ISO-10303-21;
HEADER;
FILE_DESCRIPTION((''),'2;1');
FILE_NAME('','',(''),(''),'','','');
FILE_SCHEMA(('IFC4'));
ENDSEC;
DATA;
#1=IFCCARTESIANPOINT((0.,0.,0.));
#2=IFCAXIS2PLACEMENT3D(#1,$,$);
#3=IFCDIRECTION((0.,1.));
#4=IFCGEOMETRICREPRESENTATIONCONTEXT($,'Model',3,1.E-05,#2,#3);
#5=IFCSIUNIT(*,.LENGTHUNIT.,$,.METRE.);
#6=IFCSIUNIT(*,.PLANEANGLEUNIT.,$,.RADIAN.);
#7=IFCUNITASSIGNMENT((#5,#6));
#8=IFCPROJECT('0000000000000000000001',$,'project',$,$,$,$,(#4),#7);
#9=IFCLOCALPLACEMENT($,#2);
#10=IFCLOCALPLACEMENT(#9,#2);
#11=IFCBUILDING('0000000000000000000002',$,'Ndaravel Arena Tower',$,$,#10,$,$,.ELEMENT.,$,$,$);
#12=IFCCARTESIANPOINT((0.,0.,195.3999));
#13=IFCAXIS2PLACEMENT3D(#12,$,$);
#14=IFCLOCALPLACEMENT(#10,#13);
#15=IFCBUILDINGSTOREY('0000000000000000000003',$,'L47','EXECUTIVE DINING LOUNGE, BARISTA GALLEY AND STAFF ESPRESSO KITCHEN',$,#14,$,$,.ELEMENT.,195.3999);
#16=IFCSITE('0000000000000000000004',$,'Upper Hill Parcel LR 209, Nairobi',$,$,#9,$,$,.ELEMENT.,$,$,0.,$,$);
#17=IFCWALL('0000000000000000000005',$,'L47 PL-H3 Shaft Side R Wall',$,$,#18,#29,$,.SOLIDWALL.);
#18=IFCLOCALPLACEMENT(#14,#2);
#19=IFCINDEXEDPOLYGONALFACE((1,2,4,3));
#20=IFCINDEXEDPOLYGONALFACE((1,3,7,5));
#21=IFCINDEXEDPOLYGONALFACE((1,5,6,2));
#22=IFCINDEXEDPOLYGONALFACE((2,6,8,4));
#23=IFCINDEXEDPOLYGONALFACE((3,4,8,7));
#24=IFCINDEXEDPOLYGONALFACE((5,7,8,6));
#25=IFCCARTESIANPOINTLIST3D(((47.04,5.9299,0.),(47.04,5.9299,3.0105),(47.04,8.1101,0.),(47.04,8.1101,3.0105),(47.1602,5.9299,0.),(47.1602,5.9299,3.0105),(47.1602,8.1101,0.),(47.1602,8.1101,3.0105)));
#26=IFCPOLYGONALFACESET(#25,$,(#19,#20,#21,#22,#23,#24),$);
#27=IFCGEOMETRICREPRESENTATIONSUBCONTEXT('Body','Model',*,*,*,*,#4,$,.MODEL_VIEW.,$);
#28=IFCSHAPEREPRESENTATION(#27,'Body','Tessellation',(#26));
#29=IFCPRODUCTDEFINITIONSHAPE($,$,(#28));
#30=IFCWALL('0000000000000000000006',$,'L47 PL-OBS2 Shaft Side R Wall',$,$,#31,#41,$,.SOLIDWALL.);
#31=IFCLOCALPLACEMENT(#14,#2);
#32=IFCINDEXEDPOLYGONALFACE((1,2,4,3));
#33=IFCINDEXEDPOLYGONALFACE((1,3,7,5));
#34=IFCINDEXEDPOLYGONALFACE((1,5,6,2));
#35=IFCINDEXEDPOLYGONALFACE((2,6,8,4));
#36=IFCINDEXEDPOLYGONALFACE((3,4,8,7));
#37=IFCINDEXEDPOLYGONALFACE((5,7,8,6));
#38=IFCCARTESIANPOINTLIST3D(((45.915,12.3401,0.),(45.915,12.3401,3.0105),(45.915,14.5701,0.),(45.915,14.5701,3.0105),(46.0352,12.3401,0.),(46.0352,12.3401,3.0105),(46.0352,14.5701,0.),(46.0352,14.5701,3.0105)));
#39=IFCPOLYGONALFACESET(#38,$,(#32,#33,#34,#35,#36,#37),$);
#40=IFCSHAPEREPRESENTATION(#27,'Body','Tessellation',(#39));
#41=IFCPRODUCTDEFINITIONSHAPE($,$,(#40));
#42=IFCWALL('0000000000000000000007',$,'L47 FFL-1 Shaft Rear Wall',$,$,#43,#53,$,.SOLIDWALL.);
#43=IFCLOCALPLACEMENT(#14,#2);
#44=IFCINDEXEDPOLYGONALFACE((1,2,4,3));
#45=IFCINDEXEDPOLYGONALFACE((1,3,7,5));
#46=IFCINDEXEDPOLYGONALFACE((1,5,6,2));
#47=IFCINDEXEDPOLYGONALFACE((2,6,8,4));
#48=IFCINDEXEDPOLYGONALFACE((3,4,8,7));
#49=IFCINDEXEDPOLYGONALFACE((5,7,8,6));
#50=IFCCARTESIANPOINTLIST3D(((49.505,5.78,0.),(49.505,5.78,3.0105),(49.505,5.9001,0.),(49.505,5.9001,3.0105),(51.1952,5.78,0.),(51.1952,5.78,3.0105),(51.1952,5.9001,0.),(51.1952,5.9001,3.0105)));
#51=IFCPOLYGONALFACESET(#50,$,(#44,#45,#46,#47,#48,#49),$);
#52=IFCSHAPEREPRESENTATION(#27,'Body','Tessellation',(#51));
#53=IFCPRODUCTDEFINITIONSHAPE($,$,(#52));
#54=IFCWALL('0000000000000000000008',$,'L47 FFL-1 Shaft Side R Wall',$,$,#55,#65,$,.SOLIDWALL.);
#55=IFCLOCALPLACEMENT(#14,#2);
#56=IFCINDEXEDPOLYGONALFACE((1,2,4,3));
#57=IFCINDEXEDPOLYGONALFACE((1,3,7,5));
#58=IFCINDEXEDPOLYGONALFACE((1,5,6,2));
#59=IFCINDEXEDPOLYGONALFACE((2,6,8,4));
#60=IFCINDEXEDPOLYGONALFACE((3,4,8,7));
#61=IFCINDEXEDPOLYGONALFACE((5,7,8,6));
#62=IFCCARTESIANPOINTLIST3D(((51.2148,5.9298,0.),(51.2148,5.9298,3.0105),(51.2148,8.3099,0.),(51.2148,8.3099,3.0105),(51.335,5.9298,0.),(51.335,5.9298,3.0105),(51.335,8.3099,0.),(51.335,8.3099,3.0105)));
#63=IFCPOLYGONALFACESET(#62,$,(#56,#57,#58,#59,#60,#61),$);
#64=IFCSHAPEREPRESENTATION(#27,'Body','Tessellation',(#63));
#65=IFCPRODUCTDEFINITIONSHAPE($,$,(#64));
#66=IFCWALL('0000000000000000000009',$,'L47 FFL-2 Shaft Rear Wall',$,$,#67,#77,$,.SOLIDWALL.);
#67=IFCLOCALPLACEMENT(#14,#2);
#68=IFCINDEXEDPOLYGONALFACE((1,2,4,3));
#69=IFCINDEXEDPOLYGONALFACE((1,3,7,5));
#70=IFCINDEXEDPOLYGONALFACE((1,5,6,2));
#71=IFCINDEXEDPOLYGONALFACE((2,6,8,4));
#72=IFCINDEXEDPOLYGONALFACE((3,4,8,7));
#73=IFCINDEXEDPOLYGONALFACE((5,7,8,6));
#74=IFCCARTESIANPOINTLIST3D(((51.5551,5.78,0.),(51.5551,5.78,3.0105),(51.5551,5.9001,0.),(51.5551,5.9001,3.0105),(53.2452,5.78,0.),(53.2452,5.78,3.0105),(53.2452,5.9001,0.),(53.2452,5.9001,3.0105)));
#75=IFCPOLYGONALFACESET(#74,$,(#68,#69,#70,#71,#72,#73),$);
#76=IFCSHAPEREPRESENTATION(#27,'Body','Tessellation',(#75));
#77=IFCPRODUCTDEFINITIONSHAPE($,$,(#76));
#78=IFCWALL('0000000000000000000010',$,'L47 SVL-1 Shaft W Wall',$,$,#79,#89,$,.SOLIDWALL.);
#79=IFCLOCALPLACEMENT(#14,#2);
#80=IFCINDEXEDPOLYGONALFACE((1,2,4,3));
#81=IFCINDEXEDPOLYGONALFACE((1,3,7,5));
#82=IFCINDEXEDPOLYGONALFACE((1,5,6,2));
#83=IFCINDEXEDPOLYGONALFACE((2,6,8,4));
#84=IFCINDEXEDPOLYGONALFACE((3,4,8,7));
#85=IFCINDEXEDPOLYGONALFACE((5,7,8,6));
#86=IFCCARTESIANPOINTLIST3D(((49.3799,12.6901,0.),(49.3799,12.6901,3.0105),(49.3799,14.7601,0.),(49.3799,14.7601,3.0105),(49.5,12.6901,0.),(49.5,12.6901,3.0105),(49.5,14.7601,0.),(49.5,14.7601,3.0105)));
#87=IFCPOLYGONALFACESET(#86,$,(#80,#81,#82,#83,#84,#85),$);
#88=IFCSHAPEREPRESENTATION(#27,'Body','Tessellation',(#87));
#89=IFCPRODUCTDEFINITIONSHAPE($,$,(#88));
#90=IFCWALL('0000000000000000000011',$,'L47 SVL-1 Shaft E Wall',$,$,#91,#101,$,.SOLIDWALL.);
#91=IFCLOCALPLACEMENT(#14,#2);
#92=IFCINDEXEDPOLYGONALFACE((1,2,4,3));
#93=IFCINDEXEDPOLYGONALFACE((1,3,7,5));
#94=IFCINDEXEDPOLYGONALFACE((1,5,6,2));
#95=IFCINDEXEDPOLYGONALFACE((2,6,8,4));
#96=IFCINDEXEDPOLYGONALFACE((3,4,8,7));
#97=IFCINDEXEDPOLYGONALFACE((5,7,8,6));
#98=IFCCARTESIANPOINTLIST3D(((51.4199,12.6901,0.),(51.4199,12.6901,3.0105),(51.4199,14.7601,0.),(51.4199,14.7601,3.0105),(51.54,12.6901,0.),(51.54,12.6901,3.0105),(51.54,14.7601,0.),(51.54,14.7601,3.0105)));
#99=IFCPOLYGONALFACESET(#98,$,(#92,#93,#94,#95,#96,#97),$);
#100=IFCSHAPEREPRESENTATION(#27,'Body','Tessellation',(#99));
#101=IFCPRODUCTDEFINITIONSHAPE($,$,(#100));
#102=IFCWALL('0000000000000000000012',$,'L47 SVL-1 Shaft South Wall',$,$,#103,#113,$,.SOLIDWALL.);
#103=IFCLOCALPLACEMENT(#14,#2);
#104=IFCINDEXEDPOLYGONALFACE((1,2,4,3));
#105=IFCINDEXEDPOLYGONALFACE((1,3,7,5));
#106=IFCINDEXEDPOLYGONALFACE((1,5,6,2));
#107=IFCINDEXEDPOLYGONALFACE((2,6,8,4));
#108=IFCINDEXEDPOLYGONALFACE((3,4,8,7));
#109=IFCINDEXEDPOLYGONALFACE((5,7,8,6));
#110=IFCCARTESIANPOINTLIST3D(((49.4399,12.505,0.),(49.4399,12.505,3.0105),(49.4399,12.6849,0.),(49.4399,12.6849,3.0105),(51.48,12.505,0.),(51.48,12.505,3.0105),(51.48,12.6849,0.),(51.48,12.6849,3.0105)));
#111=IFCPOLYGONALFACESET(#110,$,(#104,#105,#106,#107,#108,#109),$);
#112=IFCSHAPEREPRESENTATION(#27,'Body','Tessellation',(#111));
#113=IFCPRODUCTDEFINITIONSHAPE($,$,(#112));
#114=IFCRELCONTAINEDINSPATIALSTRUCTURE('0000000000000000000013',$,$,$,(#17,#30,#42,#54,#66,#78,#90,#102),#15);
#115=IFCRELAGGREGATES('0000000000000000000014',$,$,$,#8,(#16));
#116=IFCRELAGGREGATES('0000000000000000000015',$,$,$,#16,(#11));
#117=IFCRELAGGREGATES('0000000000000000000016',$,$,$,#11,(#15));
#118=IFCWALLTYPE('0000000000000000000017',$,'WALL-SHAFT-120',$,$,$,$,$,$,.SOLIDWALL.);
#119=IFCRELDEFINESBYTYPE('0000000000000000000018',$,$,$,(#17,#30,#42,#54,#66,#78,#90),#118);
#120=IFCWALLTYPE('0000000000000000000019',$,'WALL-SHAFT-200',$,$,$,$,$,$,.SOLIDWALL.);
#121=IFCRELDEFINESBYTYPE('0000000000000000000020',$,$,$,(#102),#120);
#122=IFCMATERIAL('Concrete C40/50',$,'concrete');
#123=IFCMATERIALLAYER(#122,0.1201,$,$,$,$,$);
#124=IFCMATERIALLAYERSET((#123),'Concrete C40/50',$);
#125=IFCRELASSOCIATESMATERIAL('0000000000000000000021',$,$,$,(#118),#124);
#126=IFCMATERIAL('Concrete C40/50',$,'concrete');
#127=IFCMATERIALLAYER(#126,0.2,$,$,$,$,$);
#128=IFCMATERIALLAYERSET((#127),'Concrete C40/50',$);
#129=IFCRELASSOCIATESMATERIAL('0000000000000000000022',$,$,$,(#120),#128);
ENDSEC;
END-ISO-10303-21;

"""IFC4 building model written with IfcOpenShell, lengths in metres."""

from ifc_helpers import new_model, si_unit, direction, frame, frame_2d, origin, place, context, subcontext, project, spatial, rectangle, extrude, material, layer, layer_set, type_object, element, save


model = new_model("IFC4")

# Units and contexts
model_context = context("Model", 3, precision=1e-05, world=origin(), true_north=direction((0.0, 1.0)))
body_context = subcontext(model_context, "Body", "Model", "MODEL_VIEW")
ifc_project = project(units=[si_unit("LENGTHUNIT", "METRE"), si_unit("PLANEANGLEUNIT", "RADIAN")], contexts=[model_context])

# Site, building, storey
site_placement = place(None, origin())
site = spatial("IfcSite", under=ifc_project, at=site_placement, Name="Upper Hill Parcel LR 209, Nairobi", CompositionType="ELEMENT", RefElevation=0.0)
building_placement = place(site_placement, origin())
building = spatial("IfcBuilding", under=site, at=building_placement, Name="Ndaravel Arena Tower", CompositionType="ELEMENT")
storey_placement = place(building_placement, frame((0.0, 0.0, 195.3999)))
storey = spatial("IfcBuildingStorey", under=building, at=storey_placement, Name="L47", Description="EXECUTIVE DINING LOUNGE, BARISTA GALLEY AND STAFF ESPRESSO KITCHEN", CompositionType="ELEMENT", Elevation=195.3999)

# Walls
ifc_material_1 = material(Name="Concrete C40/50", Category="concrete")
ifc_layer_1 = layer(ifc_material_1, 0.1201)
ifc_layer_set_1 = layer_set([ifc_layer_1], Name="Concrete C40/50")
wall_type_1 = type_object("IfcWallType", Name="WALL-SHAFT-120", PredefinedType="SOLIDWALL", material=ifc_layer_set_1)
wall_1_placement = place(storey_placement, frame((47.1001, 5.9299, 0.0), z_axis=(0.0, 0.0, 1.0), x_axis=(0.0, 1.0, 0.0)))
element("IfcWall", 1, at=wall_1_placement, inside=storey, type_object=wall_type_1, Name="L47 PL-H3 Shaft Side R Wall", PredefinedType="SOLIDWALL", context=body_context, shape_type="SweptSolid", body=[
    extrude(rectangle(XDim=2.1802, YDim=0.1201, at=frame_2d((1.0901, 0.0))), origin(), (0.0, 0.0, 1.0), 3.0105),
])
wall_2_placement = place(storey_placement, frame((45.9751, 12.3401, 0.0), z_axis=(0.0, 0.0, 1.0), x_axis=(0.0, 1.0, 0.0)))
element("IfcWall", 2, at=wall_2_placement, inside=storey, type_object=wall_type_1, Name="L47 PL-OBS2 Shaft Side R Wall", PredefinedType="SOLIDWALL", context=body_context, shape_type="SweptSolid", body=[
    extrude(rectangle(XDim=2.23, YDim=0.1201, at=frame_2d((1.115, 0.0))), origin(), (0.0, 0.0, 1.0), 3.0105),
])
wall_3_placement = place(storey_placement, frame((49.5049, 5.8401, 0.0), z_axis=(0.0, 0.0, 1.0), x_axis=(1.0, 0.0, 0.0)))
element("IfcWall", 3, at=wall_3_placement, inside=storey, type_object=wall_type_1, Name="L47 FFL-1 Shaft Rear Wall", PredefinedType="SOLIDWALL", context=body_context, shape_type="SweptSolid", body=[
    extrude(rectangle(XDim=1.6902, YDim=0.1201, at=frame_2d((0.8452, 0.0))), origin(), (0.0, 0.0, 1.0), 3.0105),
])
wall_4_placement = place(storey_placement, frame((51.2749, 5.9299, 0.0), z_axis=(0.0, 0.0, 1.0), x_axis=(0.0, 1.0, 0.0)))
element("IfcWall", 4, at=wall_4_placement, inside=storey, type_object=wall_type_1, Name="L47 FFL-1 Shaft Side R Wall", PredefinedType="SOLIDWALL", context=body_context, shape_type="SweptSolid", body=[
    extrude(rectangle(XDim=2.3801, YDim=0.1201, at=frame_2d((1.1899, 0.0))), origin(), (0.0, 0.0, 1.0), 3.0105),
])
wall_5_placement = place(storey_placement, frame((51.5549, 5.8401, 0.0), z_axis=(0.0, 0.0, 1.0), x_axis=(1.0, 0.0, 0.0)))
element("IfcWall", 5, at=wall_5_placement, inside=storey, type_object=wall_type_1, Name="L47 FFL-2 Shaft Rear Wall", PredefinedType="SOLIDWALL", context=body_context, shape_type="SweptSolid", body=[
    extrude(rectangle(XDim=1.6902, YDim=0.1201, at=frame_2d((0.8452, 0.0))), origin(), (0.0, 0.0, 1.0), 3.0105),
])
for number, where, z_axis, x_axis, name in (
    (6, (49.4399, 12.6899, 0.0), (0.0, 0.0, 1.0), (0.0, 1.0, 0.0), "L47 SVL-1 Shaft W Wall"),
    (7, (51.48, 12.6899, 0.0), (0.0, 0.0, 1.0), (0.0, 1.0, 0.0), "L47 SVL-1 Shaft E Wall"),
):
    element("IfcWall", number, at=place(storey_placement, frame(where, z_axis=z_axis, x_axis=x_axis)), inside=storey, type_object=wall_type_1, Name=name, PredefinedType="SOLIDWALL", context=body_context, shape_type="SweptSolid", body=[
        extrude(rectangle(XDim=2.0701, YDim=0.1201, at=frame_2d((1.0352, 0.0))), origin(), (0.0, 0.0, 1.0), 3.0105),
    ])

# Shared definitions
ifc_material_2 = material(Name="Concrete C40/50", Category="concrete")
ifc_layer_2 = layer(ifc_material_2, 0.2)
ifc_layer_set_2 = layer_set([ifc_layer_2], Name="Concrete C40/50")
wall_type_2 = type_object("IfcWallType", Name="WALL-SHAFT-200", PredefinedType="SOLIDWALL", material=ifc_layer_set_2)

# Wall
wall_6_placement = place(storey_placement, frame((49.4399, 12.595, 0.0), z_axis=(0.0, 0.0, 1.0), x_axis=(1.0, 0.0, 0.0)))
element("IfcWall", 8, at=wall_6_placement, inside=storey, type_object=wall_type_2, Name="L47 SVL-1 Shaft South Wall", PredefinedType="SOLIDWALL", context=body_context, shape_type="SweptSolid", body=[
    extrude(rectangle(XDim=2.04, YDim=0.1799, at=frame_2d((1.02, 0.0))), origin(), (0.0, 0.0, 1.0), 3.0105),
])

save(model, "model.ifc")
